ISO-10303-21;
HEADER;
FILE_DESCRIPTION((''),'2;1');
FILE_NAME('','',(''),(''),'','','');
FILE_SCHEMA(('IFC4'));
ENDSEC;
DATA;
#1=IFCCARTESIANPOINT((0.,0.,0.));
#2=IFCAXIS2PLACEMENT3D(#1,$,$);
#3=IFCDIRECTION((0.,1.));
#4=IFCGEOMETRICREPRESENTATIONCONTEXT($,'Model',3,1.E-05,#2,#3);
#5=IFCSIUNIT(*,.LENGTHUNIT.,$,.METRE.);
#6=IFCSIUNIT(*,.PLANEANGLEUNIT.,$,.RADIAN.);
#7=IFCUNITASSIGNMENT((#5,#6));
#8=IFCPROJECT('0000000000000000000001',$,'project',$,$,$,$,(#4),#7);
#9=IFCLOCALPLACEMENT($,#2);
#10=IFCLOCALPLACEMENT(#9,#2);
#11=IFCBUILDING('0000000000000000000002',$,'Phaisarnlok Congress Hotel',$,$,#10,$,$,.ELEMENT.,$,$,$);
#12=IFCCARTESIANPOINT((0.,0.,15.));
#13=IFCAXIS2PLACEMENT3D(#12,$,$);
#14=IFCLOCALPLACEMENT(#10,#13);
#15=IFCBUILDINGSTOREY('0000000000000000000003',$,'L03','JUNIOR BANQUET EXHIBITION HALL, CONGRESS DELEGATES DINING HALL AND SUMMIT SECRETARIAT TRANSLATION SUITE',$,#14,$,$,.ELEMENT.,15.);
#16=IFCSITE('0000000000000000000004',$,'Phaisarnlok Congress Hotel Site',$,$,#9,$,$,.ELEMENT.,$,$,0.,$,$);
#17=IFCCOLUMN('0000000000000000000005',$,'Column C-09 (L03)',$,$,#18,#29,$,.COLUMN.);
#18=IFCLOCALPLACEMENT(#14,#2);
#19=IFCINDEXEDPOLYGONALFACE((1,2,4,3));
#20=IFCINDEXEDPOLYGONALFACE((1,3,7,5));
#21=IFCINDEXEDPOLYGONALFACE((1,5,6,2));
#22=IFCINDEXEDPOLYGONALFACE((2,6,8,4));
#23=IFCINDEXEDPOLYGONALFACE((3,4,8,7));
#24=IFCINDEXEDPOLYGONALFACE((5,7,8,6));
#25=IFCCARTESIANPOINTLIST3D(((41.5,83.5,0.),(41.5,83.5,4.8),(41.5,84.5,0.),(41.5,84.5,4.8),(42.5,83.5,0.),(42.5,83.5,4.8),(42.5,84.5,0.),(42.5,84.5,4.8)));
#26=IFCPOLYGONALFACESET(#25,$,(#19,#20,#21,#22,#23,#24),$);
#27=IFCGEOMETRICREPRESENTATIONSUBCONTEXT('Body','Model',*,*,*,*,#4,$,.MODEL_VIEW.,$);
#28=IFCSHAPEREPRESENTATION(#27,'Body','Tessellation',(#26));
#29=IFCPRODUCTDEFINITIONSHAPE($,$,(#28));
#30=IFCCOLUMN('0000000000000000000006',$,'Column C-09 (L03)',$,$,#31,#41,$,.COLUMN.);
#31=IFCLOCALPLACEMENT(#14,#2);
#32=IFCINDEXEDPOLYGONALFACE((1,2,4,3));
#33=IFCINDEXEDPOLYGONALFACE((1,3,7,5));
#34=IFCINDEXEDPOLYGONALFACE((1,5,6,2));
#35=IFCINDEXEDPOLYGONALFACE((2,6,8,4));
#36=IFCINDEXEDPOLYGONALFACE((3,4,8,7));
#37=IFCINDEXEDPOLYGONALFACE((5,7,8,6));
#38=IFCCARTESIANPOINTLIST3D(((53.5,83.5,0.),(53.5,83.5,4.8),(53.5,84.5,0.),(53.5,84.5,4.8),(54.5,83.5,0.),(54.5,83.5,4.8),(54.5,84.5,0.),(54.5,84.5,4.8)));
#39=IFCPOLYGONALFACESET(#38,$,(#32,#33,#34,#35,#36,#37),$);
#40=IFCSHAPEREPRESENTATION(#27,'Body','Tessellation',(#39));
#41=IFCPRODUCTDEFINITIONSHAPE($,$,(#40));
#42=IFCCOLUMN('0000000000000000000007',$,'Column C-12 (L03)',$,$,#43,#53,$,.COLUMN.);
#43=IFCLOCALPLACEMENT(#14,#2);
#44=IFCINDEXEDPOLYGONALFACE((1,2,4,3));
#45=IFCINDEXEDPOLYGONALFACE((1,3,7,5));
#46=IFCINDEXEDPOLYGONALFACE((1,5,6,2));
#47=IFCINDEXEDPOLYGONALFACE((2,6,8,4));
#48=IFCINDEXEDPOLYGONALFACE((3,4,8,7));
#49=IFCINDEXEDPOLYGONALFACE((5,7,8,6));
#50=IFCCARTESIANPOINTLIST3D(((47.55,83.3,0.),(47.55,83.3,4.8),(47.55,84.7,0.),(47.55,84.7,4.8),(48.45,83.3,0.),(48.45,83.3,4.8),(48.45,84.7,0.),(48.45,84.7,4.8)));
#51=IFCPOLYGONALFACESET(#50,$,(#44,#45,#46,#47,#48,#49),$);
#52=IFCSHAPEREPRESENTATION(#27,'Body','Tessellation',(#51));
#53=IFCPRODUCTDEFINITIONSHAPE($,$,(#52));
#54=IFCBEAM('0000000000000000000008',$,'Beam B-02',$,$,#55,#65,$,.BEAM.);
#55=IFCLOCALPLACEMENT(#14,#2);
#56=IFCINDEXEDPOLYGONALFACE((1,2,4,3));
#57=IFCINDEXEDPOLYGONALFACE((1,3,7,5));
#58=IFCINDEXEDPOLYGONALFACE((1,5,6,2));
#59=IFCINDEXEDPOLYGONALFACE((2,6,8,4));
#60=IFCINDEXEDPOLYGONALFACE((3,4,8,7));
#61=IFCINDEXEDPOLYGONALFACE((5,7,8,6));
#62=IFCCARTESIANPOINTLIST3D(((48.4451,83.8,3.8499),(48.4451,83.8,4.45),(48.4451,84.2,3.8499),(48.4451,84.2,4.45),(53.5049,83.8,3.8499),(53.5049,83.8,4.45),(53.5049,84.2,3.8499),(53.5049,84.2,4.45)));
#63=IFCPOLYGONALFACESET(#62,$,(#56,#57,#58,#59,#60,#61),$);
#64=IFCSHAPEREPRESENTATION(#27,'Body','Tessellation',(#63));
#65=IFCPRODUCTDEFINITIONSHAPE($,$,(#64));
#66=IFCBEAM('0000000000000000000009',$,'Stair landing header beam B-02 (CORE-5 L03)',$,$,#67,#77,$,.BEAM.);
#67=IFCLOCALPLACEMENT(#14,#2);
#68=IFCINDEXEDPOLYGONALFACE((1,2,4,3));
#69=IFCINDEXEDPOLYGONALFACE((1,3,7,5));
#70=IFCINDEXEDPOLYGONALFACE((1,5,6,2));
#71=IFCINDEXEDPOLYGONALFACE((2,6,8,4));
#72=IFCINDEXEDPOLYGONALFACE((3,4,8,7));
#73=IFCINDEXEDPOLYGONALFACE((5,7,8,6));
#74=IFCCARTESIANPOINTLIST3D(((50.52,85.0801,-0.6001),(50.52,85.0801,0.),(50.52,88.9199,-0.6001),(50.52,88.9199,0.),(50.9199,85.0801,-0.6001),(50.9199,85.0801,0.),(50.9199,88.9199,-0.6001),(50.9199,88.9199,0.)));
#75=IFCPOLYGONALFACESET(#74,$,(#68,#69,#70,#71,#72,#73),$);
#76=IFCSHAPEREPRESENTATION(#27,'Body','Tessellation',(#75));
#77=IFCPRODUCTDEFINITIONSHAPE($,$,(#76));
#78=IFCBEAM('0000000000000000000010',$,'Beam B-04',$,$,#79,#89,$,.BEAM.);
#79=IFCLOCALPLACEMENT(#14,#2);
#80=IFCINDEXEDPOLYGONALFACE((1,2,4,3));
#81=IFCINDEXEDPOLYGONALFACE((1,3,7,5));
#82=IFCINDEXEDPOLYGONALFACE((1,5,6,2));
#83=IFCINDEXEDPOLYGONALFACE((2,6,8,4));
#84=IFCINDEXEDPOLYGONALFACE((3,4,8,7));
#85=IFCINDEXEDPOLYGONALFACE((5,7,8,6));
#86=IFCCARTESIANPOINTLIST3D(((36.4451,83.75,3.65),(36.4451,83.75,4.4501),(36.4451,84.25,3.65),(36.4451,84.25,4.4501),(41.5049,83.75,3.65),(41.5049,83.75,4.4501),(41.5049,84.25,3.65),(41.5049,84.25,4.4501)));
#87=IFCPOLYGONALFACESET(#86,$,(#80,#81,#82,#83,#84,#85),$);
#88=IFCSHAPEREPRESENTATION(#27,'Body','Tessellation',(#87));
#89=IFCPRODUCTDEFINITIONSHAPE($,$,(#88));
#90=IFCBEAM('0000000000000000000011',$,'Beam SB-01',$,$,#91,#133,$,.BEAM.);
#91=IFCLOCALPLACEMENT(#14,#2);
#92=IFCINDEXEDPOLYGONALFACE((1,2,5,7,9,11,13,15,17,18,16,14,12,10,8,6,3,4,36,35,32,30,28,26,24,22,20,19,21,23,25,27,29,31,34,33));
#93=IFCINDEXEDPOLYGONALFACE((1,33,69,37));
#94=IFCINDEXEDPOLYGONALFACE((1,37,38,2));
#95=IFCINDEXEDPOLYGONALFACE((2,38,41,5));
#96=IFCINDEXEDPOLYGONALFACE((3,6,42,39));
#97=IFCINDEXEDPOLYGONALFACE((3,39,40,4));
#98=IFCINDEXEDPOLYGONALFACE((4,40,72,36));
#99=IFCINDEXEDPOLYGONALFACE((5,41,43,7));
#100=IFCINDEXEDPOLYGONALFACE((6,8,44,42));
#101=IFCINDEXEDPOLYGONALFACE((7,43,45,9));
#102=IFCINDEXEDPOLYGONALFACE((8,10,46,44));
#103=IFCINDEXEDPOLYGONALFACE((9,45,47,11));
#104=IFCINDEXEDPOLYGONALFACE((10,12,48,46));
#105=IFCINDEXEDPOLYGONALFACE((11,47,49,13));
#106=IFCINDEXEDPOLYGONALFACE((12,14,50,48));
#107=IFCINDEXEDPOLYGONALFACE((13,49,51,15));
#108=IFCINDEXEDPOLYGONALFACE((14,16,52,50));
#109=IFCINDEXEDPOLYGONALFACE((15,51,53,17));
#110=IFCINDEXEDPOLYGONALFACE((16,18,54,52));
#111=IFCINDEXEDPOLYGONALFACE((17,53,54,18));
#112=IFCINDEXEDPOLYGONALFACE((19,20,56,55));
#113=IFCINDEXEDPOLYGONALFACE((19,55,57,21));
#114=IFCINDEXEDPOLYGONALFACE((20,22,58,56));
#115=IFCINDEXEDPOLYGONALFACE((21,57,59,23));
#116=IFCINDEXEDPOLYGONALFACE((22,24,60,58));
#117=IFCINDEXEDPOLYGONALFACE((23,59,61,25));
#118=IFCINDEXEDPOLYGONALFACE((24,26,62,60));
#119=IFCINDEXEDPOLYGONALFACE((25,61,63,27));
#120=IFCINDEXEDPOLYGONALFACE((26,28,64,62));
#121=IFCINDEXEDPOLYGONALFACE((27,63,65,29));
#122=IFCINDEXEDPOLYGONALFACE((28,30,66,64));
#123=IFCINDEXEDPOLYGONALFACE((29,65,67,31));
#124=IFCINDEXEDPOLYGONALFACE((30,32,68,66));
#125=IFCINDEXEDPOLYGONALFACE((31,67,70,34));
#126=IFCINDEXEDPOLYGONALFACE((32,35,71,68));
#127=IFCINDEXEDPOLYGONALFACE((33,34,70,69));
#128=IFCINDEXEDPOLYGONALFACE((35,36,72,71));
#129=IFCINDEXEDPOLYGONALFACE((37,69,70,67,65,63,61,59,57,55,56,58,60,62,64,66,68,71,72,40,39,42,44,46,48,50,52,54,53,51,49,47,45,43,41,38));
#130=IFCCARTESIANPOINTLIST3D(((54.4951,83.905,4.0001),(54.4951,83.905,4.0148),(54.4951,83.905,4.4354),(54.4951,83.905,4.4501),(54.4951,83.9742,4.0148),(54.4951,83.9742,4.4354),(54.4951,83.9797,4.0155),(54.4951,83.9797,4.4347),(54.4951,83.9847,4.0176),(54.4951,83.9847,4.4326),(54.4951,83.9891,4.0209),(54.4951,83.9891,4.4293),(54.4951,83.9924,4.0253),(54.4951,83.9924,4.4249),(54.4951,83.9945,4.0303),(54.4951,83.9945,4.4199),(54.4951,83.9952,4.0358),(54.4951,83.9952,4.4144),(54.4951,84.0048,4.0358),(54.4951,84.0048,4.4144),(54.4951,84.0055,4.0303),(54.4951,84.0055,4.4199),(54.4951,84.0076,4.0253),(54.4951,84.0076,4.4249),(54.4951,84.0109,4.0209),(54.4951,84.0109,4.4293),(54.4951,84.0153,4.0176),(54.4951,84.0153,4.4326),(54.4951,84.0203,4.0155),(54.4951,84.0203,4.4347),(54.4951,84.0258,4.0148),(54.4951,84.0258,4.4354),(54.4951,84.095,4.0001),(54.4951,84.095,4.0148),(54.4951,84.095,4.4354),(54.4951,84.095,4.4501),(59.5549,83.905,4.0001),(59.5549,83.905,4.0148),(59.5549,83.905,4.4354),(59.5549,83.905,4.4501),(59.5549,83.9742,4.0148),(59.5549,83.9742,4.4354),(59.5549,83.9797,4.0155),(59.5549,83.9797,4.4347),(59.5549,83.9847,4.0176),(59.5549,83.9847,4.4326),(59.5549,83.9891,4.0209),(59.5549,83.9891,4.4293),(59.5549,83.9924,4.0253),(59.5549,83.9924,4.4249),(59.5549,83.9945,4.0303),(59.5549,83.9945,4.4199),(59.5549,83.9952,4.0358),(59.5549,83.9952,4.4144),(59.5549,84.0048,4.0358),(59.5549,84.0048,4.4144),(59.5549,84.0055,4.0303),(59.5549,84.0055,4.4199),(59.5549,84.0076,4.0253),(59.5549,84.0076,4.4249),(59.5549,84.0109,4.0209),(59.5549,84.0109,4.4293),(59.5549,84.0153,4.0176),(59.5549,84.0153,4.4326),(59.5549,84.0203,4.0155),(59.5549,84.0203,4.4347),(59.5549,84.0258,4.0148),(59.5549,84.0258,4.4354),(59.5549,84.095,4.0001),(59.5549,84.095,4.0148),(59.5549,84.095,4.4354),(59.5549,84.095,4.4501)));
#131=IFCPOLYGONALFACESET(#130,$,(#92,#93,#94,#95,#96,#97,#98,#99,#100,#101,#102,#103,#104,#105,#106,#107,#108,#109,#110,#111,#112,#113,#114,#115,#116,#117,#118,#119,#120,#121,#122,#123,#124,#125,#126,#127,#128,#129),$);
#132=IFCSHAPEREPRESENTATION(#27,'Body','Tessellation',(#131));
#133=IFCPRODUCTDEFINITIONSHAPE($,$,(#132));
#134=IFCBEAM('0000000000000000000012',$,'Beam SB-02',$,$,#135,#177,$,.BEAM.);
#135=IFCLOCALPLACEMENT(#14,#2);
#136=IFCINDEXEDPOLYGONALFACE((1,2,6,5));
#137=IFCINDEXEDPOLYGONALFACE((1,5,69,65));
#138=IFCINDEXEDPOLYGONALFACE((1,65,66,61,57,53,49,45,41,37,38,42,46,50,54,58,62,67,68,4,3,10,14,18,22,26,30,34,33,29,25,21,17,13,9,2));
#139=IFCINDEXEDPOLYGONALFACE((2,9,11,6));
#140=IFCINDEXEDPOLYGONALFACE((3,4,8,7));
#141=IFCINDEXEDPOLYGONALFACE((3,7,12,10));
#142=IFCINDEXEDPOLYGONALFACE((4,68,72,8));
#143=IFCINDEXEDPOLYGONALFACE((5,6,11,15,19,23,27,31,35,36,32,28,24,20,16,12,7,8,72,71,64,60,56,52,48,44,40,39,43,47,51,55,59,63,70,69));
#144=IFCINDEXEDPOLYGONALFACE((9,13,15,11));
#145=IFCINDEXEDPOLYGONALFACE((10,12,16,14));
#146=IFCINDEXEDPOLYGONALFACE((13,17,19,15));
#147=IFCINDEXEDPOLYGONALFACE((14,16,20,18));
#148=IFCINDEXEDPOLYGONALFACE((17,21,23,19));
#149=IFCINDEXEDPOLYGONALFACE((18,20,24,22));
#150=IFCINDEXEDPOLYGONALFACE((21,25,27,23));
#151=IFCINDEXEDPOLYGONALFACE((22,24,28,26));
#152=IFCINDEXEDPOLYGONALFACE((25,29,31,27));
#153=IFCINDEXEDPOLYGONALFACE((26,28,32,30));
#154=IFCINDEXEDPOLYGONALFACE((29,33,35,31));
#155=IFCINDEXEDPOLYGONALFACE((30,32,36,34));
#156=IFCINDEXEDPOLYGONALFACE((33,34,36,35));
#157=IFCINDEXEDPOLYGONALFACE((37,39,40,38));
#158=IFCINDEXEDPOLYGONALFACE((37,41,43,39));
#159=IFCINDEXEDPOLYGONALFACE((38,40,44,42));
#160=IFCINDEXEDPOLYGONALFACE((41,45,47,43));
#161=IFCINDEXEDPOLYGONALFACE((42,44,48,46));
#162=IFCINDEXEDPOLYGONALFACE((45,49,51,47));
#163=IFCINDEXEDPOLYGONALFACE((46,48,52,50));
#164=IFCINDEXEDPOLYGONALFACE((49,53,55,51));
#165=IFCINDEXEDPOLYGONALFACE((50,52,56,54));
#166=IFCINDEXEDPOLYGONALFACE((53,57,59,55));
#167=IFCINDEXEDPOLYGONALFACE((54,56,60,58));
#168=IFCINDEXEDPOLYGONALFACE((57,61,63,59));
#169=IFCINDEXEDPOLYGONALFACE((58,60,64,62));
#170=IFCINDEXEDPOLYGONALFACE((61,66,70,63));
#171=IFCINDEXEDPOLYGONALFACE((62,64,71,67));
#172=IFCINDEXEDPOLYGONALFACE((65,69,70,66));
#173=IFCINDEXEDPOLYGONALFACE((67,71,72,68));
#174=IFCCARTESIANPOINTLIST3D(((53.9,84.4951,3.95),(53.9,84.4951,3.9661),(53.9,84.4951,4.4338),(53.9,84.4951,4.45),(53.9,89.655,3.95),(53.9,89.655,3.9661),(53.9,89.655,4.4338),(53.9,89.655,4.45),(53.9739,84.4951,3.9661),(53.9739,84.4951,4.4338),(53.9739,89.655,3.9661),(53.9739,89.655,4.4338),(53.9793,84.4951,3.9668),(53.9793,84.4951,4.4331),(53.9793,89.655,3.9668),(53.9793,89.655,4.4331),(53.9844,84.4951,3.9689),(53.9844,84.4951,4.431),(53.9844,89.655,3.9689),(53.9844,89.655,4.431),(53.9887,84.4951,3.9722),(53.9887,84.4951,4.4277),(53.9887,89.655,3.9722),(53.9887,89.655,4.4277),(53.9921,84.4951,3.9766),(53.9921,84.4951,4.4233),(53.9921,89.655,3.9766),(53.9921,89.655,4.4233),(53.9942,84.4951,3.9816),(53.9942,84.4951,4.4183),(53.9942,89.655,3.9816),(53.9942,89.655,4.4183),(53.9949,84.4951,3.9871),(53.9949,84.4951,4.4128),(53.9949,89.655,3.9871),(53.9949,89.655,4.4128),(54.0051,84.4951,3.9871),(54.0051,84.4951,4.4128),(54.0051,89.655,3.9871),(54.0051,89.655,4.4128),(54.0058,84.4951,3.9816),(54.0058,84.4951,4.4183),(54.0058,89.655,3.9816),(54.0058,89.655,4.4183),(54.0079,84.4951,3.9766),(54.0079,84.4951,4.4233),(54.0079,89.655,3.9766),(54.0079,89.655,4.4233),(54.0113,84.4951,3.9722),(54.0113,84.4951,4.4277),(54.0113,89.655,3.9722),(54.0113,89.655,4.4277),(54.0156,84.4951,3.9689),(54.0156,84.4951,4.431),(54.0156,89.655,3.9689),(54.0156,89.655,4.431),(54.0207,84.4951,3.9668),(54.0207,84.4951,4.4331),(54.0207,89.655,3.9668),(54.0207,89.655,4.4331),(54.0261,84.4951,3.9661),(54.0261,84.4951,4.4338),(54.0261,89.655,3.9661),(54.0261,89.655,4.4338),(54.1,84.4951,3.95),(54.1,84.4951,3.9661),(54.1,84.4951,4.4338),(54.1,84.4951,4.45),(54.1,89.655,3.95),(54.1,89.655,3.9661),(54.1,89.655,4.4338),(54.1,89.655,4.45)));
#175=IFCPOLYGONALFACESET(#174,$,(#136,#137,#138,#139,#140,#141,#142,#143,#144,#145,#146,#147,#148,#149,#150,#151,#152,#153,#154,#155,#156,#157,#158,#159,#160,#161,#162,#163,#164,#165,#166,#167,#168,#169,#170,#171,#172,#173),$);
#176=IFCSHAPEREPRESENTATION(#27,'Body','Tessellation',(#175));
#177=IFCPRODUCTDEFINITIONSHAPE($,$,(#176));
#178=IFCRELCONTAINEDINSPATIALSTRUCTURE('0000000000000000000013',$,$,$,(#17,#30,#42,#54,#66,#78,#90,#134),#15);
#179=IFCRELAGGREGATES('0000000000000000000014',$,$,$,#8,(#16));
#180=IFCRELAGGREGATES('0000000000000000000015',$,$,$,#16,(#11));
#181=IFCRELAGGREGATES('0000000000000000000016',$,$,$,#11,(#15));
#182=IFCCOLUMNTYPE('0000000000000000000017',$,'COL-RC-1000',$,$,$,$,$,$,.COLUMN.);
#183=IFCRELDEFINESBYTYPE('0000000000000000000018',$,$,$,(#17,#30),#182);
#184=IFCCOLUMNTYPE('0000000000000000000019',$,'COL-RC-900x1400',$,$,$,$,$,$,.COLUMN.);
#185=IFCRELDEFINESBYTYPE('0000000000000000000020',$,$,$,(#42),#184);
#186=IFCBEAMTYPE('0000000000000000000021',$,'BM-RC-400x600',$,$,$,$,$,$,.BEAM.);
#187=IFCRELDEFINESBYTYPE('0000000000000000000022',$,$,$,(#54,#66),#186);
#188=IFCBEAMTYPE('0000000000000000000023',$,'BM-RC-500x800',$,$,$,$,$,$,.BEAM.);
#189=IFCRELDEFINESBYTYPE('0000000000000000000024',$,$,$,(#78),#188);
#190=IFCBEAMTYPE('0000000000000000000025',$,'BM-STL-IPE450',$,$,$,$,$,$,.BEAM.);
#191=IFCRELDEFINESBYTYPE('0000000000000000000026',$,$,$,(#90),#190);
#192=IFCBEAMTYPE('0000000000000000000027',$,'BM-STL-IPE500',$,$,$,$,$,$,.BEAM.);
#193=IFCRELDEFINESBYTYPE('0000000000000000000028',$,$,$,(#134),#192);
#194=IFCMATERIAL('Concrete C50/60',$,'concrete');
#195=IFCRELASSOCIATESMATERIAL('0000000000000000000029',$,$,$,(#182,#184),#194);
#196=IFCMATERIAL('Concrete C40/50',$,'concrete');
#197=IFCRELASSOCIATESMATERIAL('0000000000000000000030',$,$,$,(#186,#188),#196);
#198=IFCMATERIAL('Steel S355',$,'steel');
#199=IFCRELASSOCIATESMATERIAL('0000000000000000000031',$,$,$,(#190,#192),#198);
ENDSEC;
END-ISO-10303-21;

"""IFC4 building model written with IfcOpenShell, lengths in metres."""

from ifc_helpers import new_model, si_unit, direction, frame, origin, origin_2d, place, context, subcontext, project, spatial, rectangle, i_section, extrude, material, material_profile, profile_set, type_object, element, save


model = new_model("IFC4")

# Units and contexts
model_context = context("Model", 3, precision=1e-05, world=origin(), true_north=direction((0.0, 1.0)))
body_context = subcontext(model_context, "Body", "Model", "MODEL_VIEW")
ifc_project = project(units=[si_unit("LENGTHUNIT", "METRE"), si_unit("PLANEANGLEUNIT", "RADIAN")], contexts=[model_context])

# Site, building, storey
site_placement = place(None, origin())
site = spatial("IfcSite", under=ifc_project, at=site_placement, Name="Phaisarnlok Congress Hotel Site", CompositionType="ELEMENT", RefElevation=0.0)
building_placement = place(site_placement, origin())
building = spatial("IfcBuilding", under=site, at=building_placement, Name="Phaisarnlok Congress Hotel", CompositionType="ELEMENT")
storey_placement = place(building_placement, frame((0.0, 0.0, 15.0)))
storey = spatial("IfcBuildingStorey", under=building, at=storey_placement, Name="L03", Description="JUNIOR BANQUET EXHIBITION HALL, CONGRESS DELEGATES DINING HALL AND SUMMIT SECRETARIAT TRANSLATION SUITE", CompositionType="ELEMENT", Elevation=15.0)

# Columns
ifc_material_1 = material(Name="Concrete C50/60", Category="concrete")
ifc_material_profile_1 = material_profile(ifc_material_1, rectangle(XDim=1.0, YDim=1.0, at=origin_2d()), Name="RC 1000x1000")
ifc_profile_set_1 = profile_set([ifc_material_profile_1], Name="Concrete C50/60")
column_type_1 = type_object("IfcColumnType", Name="COL-RC-1000", PredefinedType="COLUMN", material=ifc_profile_set_1)
for number, where, z_axis, x_axis, name in (
    (1, (42.0, 84.0, 0.0), (0.0, 0.0, 1.0), (1.0, 0.0, 0.0), "Column C-09 (L03)"),
    (2, (54.0, 84.0, 0.0), (0.0, 0.0, 1.0), (1.0, 0.0, 0.0), "Column C-09 (L03)"),
):
    element("IfcColumn", number, at=place(storey_placement, frame(where, z_axis=z_axis, x_axis=x_axis)), inside=storey, type_object=column_type_1, Name=name, PredefinedType="COLUMN", context=body_context, shape_type="SweptSolid", body=[
        extrude(rectangle(XDim=1.0, YDim=1.0, at=origin_2d()), origin(), (0.0, 0.0, 1.0), 4.8),
    ])
ifc_material_profile_2 = material_profile(ifc_material_1, rectangle(XDim=0.8999, YDim=1.3999, at=origin_2d()), Name="RC 900x1400")
ifc_profile_set_2 = profile_set([ifc_material_profile_2], Name="Concrete C50/60")
column_type_2 = type_object("IfcColumnType", Name="COL-RC-900x1400", PredefinedType="COLUMN", material=ifc_profile_set_2)
column_placement = place(storey_placement, frame((48.0, 84.0, 0.0), z_axis=(0.0, 0.0, 1.0), x_axis=(1.0, 0.0, 0.0)))
element("IfcColumn", 3, at=column_placement, inside=storey, type_object=column_type_2, Name="Column C-12 (L03)", PredefinedType="COLUMN", context=body_context, shape_type="SweptSolid", body=[
    extrude(rectangle(XDim=0.8999, YDim=1.3999, at=origin_2d()), origin(), (0.0, 0.0, 1.0), 4.8),
])

# Beams
ifc_material_2 = material(Name="Concrete C40/50", Category="concrete")
ifc_material_profile_3 = material_profile(ifc_material_2, rectangle(XDim=0.3999, YDim=0.6001, at=origin_2d()), Name="RC 400x600")
ifc_profile_set_3 = profile_set([ifc_material_profile_3], Name="Concrete C40/50")
beam_type_1 = type_object("IfcBeamType", Name="BM-RC-400x600", PredefinedType="BEAM", material=ifc_profile_set_3)
beam_1_placement = place(storey_placement, frame((48.4451, 84.0, 4.1499), z_axis=(1.0, 0.0, 0.0), x_axis=(0.0, 1.0, 0.0)))
element("IfcBeam", 4, at=beam_1_placement, inside=storey, type_object=beam_type_1, Name="Beam B-02", PredefinedType="BEAM", context=body_context, shape_type="SweptSolid", body=[
    extrude(rectangle(XDim=0.3999, YDim=0.6001, at=origin_2d()), origin(), (0.0, 0.0, 1.0), 5.0598),
])
beam_2_placement = place(storey_placement, frame((50.72, 85.0801, -0.3), z_axis=(0.0, 1.0, 0.0), x_axis=(-1.0, 0.0, 0.0)))
element("IfcBeam", 5, at=beam_2_placement, inside=storey, type_object=beam_type_1, Name="Stair landing header beam B-02 (CORE-5 L03)", PredefinedType="BEAM", context=body_context, shape_type="SweptSolid", body=[
    extrude(rectangle(XDim=0.3999, YDim=0.6001, at=origin_2d()), origin(), (0.0, 0.0, 1.0), 3.8398),
])
ifc_material_profile_4 = material_profile(ifc_material_2, rectangle(XDim=0.5, YDim=0.8, at=origin_2d()), Name="RC 500x800")
ifc_profile_set_4 = profile_set([ifc_material_profile_4], Name="Concrete C40/50")
beam_type_2 = type_object("IfcBeamType", Name="BM-RC-500x800", PredefinedType="BEAM", material=ifc_profile_set_4)
beam_3_placement = place(storey_placement, frame((36.4451, 84.0, 4.05), z_axis=(1.0, 0.0, 0.0), x_axis=(0.0, 1.0, 0.0)))
element("IfcBeam", 6, at=beam_3_placement, inside=storey, type_object=beam_type_2, Name="Beam B-04", PredefinedType="BEAM", context=body_context, shape_type="SweptSolid", body=[
    extrude(rectangle(XDim=0.5, YDim=0.8, at=origin_2d()), origin(), (0.0, 0.0, 1.0), 5.0598),
])
ifc_material_3 = material(Name="Steel S355", Category="steel")
ifc_material_profile_5 = material_profile(ifc_material_3, i_section(OverallWidth=0.1899, OverallDepth=0.45, WebThickness=0.0095, FlangeThickness=0.0146, FilletRadius=0.021, at=origin_2d()), Name="IPE 450")
ifc_profile_set_5 = profile_set([ifc_material_profile_5], Name="Steel S355")
beam_type_3 = type_object("IfcBeamType", Name="BM-STL-IPE450", PredefinedType="BEAM", material=ifc_profile_set_5)
beam_4_placement = place(storey_placement, frame((54.4951, 84.0, 4.2251), z_axis=(1.0, 0.0, 0.0), x_axis=(0.0, 1.0, 0.0)))
element("IfcBeam", 7, at=beam_4_placement, inside=storey, type_object=beam_type_3, Name="Beam SB-01", PredefinedType="BEAM", context=body_context, shape_type="SweptSolid", body=[
    extrude(i_section(OverallWidth=0.1899, OverallDepth=0.45, WebThickness=0.0095, FlangeThickness=0.0146, FilletRadius=0.021, at=origin_2d()), origin(), (0.0, 0.0, 1.0), 5.0598),
])
ifc_material_profile_6 = material_profile(ifc_material_3, i_section(OverallWidth=0.2, OverallDepth=0.5, WebThickness=0.0103, FlangeThickness=0.0161, FilletRadius=0.021, at=origin_2d()), Name="IPE 500")
ifc_profile_set_6 = profile_set([ifc_material_profile_6], Name="Steel S355")
beam_type_4 = type_object("IfcBeamType", Name="BM-STL-IPE500", PredefinedType="BEAM", material=ifc_profile_set_6)
beam_5_placement = place(storey_placement, frame((54.0, 84.4951, 4.2), z_axis=(0.0, 1.0, 0.0), x_axis=(-1.0, 0.0, 0.0)))
element("IfcBeam", 8, at=beam_5_placement, inside=storey, type_object=beam_type_4, Name="Beam SB-02", PredefinedType="BEAM", context=body_context, shape_type="SweptSolid", body=[
    extrude(i_section(OverallWidth=0.2, OverallDepth=0.5, WebThickness=0.0103, FlangeThickness=0.0161, FilletRadius=0.021, at=origin_2d()), origin(), (0.0, 0.0, 1.0), 5.1599),
])

save(model, "model.ifc")
